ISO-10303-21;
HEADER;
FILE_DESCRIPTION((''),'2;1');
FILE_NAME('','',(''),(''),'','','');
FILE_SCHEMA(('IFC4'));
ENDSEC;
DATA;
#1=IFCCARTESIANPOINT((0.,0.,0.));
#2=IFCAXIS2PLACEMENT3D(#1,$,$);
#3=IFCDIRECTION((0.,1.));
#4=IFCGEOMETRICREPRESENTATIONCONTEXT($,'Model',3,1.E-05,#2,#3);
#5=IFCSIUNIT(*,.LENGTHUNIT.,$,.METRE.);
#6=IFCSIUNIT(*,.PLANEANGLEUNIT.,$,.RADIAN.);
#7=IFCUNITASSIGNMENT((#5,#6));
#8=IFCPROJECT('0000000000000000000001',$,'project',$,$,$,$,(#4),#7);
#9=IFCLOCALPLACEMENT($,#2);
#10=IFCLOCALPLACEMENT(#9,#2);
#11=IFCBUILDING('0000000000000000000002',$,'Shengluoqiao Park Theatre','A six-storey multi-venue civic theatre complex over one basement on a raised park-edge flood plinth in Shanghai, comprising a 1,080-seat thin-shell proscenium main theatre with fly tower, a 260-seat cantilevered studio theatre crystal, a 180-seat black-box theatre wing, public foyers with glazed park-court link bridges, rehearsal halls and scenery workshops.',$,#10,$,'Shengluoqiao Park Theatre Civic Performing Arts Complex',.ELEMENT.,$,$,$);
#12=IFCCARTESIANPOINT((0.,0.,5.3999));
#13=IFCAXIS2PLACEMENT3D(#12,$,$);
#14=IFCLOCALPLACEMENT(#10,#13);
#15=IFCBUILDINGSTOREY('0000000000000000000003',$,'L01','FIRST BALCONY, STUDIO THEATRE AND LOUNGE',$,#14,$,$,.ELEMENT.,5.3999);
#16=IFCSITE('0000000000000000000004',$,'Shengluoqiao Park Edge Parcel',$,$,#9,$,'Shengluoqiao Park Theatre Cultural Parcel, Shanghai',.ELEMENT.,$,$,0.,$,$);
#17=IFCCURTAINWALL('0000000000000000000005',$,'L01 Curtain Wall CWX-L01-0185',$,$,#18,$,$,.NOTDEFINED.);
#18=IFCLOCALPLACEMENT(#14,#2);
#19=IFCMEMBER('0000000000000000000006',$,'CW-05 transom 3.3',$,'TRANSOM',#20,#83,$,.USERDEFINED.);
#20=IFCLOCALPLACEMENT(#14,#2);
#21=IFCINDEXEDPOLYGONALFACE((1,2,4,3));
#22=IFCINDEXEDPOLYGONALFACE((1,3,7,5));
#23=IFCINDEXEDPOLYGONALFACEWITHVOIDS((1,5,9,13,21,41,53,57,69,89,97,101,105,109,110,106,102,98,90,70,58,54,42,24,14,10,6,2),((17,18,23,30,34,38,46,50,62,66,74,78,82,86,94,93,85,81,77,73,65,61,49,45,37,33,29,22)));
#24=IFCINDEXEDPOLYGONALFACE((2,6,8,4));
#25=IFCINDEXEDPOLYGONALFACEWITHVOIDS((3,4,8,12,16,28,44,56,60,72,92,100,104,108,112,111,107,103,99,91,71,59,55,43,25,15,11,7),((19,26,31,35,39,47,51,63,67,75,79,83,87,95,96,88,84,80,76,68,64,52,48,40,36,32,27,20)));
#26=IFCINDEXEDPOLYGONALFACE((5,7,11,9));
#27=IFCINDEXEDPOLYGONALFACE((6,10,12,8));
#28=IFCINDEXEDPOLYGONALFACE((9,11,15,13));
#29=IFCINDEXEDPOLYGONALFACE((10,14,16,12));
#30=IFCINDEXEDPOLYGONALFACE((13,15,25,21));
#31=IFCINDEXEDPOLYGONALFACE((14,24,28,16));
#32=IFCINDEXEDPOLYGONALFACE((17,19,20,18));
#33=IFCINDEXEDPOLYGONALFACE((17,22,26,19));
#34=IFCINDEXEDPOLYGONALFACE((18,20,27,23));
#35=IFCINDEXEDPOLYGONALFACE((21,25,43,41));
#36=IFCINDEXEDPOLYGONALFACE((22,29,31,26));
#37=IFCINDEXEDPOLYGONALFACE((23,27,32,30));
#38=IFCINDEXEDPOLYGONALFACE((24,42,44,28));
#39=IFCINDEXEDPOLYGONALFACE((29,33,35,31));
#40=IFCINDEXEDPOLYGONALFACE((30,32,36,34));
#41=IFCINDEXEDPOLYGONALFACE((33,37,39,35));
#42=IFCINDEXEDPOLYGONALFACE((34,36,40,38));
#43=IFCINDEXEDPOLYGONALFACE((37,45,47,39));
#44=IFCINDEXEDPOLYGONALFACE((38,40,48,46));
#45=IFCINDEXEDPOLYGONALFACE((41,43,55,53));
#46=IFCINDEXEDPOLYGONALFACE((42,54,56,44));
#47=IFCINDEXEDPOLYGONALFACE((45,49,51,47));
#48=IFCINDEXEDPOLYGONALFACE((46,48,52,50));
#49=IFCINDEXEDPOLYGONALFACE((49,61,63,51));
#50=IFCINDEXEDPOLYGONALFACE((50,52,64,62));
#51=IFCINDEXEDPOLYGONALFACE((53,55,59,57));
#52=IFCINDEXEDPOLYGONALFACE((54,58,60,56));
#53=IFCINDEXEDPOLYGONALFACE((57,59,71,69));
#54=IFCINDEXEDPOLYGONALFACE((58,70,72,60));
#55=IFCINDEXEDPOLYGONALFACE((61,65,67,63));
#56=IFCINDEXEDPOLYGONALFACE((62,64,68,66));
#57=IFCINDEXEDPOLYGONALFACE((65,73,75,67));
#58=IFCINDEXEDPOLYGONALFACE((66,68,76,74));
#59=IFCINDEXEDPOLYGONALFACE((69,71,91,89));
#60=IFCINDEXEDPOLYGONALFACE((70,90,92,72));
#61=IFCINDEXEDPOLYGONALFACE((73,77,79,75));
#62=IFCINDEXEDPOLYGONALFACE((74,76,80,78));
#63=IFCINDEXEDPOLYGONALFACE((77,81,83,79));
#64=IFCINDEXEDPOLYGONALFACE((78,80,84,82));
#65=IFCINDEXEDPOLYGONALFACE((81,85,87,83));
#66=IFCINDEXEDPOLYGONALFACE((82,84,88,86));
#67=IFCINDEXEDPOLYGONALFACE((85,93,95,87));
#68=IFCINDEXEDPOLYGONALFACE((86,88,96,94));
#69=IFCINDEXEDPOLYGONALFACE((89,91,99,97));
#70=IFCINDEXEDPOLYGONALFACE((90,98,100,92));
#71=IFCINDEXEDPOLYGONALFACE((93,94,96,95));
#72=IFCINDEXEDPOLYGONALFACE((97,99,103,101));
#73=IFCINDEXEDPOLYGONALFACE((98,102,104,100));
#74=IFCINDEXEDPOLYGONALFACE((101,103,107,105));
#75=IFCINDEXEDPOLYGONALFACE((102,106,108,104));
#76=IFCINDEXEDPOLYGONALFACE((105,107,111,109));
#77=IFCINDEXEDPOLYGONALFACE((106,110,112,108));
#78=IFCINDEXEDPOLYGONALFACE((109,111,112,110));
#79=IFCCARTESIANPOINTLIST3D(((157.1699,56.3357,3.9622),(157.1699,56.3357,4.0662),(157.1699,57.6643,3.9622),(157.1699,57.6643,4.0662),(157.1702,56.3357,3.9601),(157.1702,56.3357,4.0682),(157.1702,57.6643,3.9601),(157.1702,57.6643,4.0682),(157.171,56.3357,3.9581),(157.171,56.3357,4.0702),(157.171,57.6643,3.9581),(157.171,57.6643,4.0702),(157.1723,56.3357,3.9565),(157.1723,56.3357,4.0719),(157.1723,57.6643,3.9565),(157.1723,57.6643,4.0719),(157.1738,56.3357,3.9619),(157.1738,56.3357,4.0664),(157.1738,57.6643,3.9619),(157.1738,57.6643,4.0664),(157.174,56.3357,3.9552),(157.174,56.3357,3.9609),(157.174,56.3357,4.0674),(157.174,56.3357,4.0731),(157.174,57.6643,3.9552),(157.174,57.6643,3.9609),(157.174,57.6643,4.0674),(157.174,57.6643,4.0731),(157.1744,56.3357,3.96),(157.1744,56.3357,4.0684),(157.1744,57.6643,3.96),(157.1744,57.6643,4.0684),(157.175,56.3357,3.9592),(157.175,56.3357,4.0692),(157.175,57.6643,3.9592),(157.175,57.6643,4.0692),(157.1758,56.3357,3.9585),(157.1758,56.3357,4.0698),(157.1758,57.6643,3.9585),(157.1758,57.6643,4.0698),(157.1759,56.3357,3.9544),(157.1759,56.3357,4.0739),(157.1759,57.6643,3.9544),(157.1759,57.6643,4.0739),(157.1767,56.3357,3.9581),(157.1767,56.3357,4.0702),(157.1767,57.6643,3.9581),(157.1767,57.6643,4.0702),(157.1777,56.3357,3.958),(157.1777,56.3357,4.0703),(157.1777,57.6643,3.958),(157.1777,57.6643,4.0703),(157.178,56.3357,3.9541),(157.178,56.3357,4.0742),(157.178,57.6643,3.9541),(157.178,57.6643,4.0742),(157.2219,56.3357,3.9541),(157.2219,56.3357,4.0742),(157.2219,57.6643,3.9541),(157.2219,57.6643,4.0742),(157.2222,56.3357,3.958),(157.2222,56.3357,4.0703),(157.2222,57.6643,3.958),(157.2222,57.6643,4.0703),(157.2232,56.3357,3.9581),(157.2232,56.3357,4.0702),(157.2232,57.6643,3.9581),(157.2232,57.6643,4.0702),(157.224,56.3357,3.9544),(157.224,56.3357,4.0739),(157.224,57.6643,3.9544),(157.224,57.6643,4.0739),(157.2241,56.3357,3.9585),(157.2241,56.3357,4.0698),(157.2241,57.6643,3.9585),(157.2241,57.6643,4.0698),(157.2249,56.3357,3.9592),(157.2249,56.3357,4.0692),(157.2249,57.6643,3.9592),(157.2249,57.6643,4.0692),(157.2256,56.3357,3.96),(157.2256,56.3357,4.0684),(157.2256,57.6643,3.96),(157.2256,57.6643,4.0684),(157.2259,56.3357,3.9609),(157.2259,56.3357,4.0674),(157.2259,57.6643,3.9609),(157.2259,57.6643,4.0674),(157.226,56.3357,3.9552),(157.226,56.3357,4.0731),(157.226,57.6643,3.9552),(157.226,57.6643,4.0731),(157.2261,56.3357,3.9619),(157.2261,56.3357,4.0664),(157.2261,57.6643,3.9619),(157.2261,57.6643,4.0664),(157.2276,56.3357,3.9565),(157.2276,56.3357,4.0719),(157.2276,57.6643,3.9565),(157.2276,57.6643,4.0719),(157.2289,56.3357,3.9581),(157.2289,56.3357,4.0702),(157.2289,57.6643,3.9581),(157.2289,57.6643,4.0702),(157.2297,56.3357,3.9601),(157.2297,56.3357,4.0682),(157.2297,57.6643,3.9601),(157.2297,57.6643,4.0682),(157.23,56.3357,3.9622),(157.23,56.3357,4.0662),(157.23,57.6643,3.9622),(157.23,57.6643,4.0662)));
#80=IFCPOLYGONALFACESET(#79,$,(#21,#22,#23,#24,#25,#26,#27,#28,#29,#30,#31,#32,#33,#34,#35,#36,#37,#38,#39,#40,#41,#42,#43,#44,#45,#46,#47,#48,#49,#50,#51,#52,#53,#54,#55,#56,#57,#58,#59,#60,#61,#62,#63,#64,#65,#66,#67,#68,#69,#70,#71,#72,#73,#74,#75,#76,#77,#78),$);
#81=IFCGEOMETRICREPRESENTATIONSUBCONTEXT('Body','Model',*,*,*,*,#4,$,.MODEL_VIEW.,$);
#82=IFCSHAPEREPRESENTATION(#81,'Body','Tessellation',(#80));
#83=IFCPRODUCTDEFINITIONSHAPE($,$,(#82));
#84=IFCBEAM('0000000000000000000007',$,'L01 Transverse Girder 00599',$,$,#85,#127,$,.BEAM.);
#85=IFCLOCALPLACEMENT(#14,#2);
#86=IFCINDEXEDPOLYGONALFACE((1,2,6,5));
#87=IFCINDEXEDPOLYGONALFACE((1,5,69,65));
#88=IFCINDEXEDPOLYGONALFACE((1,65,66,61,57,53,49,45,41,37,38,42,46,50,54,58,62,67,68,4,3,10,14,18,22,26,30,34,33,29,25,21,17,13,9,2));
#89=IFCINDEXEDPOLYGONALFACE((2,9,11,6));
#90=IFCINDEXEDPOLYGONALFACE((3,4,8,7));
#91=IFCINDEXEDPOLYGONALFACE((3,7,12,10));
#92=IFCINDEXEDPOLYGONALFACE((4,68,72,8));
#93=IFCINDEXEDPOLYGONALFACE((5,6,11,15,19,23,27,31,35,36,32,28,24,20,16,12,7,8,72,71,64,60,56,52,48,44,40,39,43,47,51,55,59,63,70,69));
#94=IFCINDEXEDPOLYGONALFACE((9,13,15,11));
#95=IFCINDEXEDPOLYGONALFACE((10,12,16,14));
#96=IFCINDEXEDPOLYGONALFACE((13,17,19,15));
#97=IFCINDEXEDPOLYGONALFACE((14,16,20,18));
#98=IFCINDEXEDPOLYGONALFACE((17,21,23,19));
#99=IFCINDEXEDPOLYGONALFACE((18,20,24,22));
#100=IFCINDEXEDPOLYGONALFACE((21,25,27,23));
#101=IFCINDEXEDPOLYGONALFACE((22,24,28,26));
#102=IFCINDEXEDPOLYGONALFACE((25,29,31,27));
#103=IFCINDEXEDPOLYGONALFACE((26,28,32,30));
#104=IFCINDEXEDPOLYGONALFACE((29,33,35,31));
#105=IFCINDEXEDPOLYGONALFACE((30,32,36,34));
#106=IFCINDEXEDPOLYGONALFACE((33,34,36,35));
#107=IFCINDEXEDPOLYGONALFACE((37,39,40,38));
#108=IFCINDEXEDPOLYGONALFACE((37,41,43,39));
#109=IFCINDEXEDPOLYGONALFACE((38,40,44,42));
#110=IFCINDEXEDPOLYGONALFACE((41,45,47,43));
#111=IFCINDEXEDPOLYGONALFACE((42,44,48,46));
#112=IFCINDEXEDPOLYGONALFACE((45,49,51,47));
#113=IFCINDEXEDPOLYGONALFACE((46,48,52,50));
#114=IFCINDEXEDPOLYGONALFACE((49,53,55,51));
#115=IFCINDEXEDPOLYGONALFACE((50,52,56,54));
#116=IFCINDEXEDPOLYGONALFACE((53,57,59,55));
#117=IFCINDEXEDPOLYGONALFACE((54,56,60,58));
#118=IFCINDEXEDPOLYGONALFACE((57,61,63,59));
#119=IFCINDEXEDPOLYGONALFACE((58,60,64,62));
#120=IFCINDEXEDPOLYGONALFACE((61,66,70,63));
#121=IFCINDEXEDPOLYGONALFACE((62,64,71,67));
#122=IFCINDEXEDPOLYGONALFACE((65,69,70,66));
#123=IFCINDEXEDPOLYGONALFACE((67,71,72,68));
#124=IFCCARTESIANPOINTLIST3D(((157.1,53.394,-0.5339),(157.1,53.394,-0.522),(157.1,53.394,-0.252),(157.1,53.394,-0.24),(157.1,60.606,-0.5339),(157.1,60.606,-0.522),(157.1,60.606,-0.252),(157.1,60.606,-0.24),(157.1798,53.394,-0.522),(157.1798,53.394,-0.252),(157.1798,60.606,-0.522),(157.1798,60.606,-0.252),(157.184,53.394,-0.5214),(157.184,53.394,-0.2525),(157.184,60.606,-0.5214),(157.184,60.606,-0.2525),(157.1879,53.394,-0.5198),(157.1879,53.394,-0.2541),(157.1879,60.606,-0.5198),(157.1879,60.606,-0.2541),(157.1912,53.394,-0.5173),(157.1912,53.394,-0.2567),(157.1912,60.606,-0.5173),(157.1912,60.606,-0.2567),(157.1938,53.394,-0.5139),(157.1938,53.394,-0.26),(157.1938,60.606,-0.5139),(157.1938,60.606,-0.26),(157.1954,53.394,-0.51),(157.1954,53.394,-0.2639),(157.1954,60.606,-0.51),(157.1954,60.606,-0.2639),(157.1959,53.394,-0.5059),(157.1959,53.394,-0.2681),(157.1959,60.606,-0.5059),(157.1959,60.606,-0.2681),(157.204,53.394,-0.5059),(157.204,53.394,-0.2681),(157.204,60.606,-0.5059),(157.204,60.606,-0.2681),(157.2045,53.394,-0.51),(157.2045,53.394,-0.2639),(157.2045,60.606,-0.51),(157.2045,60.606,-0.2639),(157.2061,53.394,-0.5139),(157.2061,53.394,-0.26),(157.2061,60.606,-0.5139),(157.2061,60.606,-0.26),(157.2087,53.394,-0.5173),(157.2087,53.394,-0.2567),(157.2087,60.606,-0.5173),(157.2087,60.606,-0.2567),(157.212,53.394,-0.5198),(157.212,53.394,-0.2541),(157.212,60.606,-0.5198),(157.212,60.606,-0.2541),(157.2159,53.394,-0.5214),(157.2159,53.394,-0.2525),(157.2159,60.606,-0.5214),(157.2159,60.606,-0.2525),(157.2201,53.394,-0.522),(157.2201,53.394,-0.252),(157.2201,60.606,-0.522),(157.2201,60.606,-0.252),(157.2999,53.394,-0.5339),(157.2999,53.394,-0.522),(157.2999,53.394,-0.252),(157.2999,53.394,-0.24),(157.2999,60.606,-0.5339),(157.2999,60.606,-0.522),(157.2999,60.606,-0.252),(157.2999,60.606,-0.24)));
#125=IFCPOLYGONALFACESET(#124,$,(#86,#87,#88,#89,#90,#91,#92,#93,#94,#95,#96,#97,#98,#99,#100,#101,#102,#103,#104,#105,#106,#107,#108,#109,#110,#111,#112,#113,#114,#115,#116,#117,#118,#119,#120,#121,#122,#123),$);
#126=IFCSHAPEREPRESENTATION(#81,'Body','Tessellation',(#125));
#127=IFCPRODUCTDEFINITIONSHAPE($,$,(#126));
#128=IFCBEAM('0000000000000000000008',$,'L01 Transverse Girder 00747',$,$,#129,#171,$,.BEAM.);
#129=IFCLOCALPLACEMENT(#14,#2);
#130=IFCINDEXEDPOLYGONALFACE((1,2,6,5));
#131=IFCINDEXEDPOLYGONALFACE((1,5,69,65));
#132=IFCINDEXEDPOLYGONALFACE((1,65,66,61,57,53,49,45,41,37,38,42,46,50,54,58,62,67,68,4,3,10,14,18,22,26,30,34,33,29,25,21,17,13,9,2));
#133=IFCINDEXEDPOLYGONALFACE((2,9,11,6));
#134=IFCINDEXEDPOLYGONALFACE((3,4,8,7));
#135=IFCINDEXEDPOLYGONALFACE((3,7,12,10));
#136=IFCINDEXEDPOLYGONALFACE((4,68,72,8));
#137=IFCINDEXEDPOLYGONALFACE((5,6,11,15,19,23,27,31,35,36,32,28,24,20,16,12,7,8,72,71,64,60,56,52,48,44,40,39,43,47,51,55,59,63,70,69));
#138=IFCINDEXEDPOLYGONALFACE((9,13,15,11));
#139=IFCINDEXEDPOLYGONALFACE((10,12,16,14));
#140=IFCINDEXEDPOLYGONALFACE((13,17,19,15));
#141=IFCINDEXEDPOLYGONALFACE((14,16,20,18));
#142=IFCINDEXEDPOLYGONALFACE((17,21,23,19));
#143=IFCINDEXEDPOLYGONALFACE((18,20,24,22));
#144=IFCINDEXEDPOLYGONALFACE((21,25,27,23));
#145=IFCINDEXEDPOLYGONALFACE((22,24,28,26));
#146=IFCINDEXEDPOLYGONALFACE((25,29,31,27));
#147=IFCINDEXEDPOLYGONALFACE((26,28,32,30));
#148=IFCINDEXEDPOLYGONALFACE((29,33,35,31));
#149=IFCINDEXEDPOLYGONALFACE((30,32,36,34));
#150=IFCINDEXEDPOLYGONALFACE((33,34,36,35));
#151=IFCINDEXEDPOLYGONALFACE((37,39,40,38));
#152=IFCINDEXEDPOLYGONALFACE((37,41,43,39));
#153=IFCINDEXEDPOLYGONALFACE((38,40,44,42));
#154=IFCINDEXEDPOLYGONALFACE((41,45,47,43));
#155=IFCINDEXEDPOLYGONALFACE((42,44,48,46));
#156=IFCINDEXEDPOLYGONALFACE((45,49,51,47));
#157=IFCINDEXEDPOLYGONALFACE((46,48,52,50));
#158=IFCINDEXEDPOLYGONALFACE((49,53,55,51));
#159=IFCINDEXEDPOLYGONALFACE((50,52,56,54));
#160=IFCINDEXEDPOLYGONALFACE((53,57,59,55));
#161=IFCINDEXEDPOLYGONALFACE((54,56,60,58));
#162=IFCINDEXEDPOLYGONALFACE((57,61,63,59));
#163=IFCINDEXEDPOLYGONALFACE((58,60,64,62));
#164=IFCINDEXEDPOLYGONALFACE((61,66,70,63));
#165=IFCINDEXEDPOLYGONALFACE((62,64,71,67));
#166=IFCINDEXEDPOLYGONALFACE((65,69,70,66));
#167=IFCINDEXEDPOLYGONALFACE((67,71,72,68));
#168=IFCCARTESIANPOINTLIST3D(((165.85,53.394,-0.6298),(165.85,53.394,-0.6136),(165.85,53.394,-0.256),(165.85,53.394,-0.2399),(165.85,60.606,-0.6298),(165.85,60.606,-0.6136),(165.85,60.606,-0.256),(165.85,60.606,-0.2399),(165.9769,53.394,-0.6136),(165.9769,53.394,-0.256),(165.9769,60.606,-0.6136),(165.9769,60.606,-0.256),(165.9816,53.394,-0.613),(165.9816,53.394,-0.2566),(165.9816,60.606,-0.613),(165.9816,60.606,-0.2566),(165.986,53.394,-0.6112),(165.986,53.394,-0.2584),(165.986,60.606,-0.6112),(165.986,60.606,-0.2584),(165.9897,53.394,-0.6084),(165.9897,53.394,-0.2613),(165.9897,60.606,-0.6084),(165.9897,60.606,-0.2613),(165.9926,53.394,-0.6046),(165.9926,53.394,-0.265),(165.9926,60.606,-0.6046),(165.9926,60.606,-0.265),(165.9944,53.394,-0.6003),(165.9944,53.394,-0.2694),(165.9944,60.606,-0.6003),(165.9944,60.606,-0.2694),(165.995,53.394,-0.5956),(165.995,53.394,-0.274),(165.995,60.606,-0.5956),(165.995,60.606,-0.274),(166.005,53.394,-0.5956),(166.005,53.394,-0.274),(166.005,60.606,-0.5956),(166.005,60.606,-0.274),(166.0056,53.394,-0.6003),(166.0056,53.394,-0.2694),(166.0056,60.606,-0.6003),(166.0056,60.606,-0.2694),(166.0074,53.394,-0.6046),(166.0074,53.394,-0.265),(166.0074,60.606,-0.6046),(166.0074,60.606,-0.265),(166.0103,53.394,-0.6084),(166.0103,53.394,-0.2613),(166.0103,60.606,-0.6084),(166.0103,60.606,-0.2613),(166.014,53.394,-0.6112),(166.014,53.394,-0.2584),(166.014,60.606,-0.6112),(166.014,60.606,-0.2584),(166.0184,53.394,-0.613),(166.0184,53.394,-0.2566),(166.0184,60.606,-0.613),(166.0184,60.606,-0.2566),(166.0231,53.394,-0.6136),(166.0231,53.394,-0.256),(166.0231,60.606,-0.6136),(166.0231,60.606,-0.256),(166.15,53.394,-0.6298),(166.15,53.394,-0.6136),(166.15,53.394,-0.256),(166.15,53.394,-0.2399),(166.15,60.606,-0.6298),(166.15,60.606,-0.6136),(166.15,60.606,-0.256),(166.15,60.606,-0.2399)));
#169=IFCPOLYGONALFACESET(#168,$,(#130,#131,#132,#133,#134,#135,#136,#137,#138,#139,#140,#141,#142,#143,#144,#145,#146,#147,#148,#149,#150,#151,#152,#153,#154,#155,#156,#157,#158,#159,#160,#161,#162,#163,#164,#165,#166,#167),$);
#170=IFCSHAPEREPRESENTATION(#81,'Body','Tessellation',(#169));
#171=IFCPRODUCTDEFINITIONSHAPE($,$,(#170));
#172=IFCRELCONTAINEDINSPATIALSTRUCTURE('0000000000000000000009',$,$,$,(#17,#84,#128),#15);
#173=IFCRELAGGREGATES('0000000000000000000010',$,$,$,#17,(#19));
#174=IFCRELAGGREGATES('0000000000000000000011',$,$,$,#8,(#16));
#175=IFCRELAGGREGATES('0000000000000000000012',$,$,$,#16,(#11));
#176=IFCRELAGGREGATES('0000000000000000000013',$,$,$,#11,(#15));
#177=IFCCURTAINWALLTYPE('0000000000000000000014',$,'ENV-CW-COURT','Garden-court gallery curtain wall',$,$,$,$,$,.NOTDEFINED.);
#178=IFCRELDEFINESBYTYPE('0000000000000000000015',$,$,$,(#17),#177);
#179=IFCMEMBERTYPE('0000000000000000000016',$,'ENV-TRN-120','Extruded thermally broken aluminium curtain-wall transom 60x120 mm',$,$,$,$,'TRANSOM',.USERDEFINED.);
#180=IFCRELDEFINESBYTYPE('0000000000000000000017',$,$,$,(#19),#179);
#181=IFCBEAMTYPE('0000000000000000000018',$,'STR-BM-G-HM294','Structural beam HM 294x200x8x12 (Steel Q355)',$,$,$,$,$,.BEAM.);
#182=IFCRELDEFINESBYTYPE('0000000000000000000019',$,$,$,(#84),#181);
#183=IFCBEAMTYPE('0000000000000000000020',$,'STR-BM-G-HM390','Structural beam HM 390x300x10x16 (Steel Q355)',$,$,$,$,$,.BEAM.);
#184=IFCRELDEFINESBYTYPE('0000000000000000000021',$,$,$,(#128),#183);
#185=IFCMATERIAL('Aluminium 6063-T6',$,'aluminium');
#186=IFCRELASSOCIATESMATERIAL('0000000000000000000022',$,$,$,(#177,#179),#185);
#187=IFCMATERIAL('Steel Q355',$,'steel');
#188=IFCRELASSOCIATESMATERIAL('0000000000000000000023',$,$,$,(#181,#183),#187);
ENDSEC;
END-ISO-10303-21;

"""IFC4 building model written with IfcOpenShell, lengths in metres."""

from ifc_helpers import new_model, si_unit, direction, frame, origin, origin_2d, place, context, subcontext, project, spatial, hollow_rectangle, i_section, extrude, material, material_profile, profile_set, type_object, element, aggregate, save


model = new_model("IFC4")

# Units and contexts
model_context = context("Model", 3, precision=1e-05, world=origin(), true_north=direction((0.0, 1.0)))
body_context = subcontext(model_context, "Body", "Model", "MODEL_VIEW")
ifc_project = project(units=[si_unit("LENGTHUNIT", "METRE"), si_unit("PLANEANGLEUNIT", "RADIAN")], contexts=[model_context])

# Site, building, storey
site_placement = place(None, origin())
site = spatial("IfcSite", under=ifc_project, at=site_placement, Name="Shengluoqiao Park Edge Parcel", LongName="Shengluoqiao Park Theatre Cultural Parcel, Shanghai", CompositionType="ELEMENT", RefElevation=0.0)
building_placement = place(site_placement, origin())
building = spatial("IfcBuilding", under=site, at=building_placement, Name="Shengluoqiao Park Theatre", Description="A six-storey multi-venue civic theatre complex over one basement on a raised park-edge flood plinth in Shanghai, comprising a 1,080-seat thin-shell proscenium main theatre with fly tower, a 260-seat cantilevered studio theatre crystal, a 180-seat black-box theatre wing, public foyers with glazed park-court link bridges, rehearsal halls and scenery workshops.", LongName="Shengluoqiao Park Theatre Civic Performing Arts Complex", CompositionType="ELEMENT")
storey_placement = place(building_placement, frame((0.0, 0.0, 5.3999)))
storey = spatial("IfcBuildingStorey", under=building, at=storey_placement, Name="L01", Description="FIRST BALCONY, STUDIO THEATRE AND LOUNGE", CompositionType="ELEMENT", Elevation=5.3999)

# Shared definitions
ifc_material_1 = material(Name="Aluminium 6063-T6", Category="aluminium")
curtain_wall_type = type_object("IfcCurtainWallType", Name="ENV-CW-COURT", Description="Garden-court gallery curtain wall", PredefinedType="NOTDEFINED", material=ifc_material_1)

# Curtain wall, member
curtain_wall_1_placement = place(storey_placement, origin())
curtain_wall_1 = element("IfcCurtainWall", 1, at=curtain_wall_1_placement, inside=storey, type_object=curtain_wall_type, Name="L01 Curtain Wall CWX-L01-0185", PredefinedType="NOTDEFINED")
ifc_material_profile_1 = material_profile(ifc_material_1, hollow_rectangle(XDim=0.0601, YDim=0.1201, WallThickness=0.0039, InnerFilletRadius=0.0039, OuterFilletRadius=0.0081, at=origin_2d()), Name="ALU TRANSOM 120x60x4")
ifc_profile_set_1 = profile_set([ifc_material_profile_1], Name="Aluminium 6063-T6")
member_type_1 = type_object("IfcMemberType", Name="ENV-TRN-120", Description="Extruded thermally broken aluminium curtain-wall transom 60x120 mm", ElementType="TRANSOM", PredefinedType="USERDEFINED", material=ifc_profile_set_1)
member_1_placement = place(storey_placement, frame((157.2, 56.3357, 4.0142), z_axis=(0.0, 1.0, 0.0), x_axis=(-1.0, 0.0, 0.0)))
member_1 = element("IfcMember", 2, at=member_1_placement, type_object=member_type_1, Name="CW-05 transom 3.3", ObjectType="TRANSOM", PredefinedType="USERDEFINED", context=body_context, shape_type="SweptSolid", body=[
    extrude(hollow_rectangle(XDim=0.0601, YDim=0.1201, WallThickness=0.0039, InnerFilletRadius=0.0039, OuterFilletRadius=0.0081, at=origin_2d()), origin(), (0.0, 0.0, 1.0), 1.3286),
])

# Beams
ifc_material_2 = material(Name="Steel Q355", Category="steel")
ifc_material_profile_2 = material_profile(ifc_material_2, i_section(OverallWidth=0.2, OverallDepth=0.2939, WebThickness=0.0081, FlangeThickness=0.012, FilletRadius=0.0161, at=origin_2d()), Name="HM 294x200x8x12")
ifc_profile_set_2 = profile_set([ifc_material_profile_2], Name="Steel Q355")
beam_type_1 = type_object("IfcBeamType", Name="STR-BM-G-HM294", Description="Structural beam HM 294x200x8x12 (Steel Q355)", PredefinedType="BEAM", material=ifc_profile_set_2)
beam_1_placement = place(storey_placement, frame((157.2, 53.394, -0.387), z_axis=(0.0, 1.0, 0.0), x_axis=(-1.0, 0.0, 0.0)))
element("IfcBeam", 3, at=beam_1_placement, inside=storey, type_object=beam_type_1, Name="L01 Transverse Girder 00599", PredefinedType="BEAM", context=body_context, shape_type="SweptSolid", body=[
    extrude(i_section(OverallWidth=0.2, OverallDepth=0.2939, WebThickness=0.0081, FlangeThickness=0.012, FilletRadius=0.0161, at=origin_2d()), origin(), (0.0, 0.0, 1.0), 7.2119),
])
ifc_material_profile_3 = material_profile(ifc_material_2, i_section(OverallWidth=0.3, OverallDepth=0.3899, WebThickness=0.01, FlangeThickness=0.0161, FilletRadius=0.0181, at=origin_2d()), Name="HM 390x300x10x16")
ifc_profile_set_3 = profile_set([ifc_material_profile_3], Name="Steel Q355")
beam_type_2 = type_object("IfcBeamType", Name="STR-BM-G-HM390", Description="Structural beam HM 390x300x10x16 (Steel Q355)", PredefinedType="BEAM", material=ifc_profile_set_3)
beam_2_placement = place(storey_placement, frame((166.0, 53.394, -0.4348), z_axis=(0.0, 1.0, 0.0), x_axis=(-1.0, 0.0, 0.0)))
element("IfcBeam", 4, at=beam_2_placement, inside=storey, type_object=beam_type_2, Name="L01 Transverse Girder 00747", PredefinedType="BEAM", context=body_context, shape_type="SweptSolid", body=[
    extrude(i_section(OverallWidth=0.3, OverallDepth=0.3899, WebThickness=0.01, FlangeThickness=0.0161, FilletRadius=0.0181, at=origin_2d()), origin(), (0.0, 0.0, 1.0), 7.2119),
])

aggregate(curtain_wall_1, [member_1])

save(model, "model.ifc")
